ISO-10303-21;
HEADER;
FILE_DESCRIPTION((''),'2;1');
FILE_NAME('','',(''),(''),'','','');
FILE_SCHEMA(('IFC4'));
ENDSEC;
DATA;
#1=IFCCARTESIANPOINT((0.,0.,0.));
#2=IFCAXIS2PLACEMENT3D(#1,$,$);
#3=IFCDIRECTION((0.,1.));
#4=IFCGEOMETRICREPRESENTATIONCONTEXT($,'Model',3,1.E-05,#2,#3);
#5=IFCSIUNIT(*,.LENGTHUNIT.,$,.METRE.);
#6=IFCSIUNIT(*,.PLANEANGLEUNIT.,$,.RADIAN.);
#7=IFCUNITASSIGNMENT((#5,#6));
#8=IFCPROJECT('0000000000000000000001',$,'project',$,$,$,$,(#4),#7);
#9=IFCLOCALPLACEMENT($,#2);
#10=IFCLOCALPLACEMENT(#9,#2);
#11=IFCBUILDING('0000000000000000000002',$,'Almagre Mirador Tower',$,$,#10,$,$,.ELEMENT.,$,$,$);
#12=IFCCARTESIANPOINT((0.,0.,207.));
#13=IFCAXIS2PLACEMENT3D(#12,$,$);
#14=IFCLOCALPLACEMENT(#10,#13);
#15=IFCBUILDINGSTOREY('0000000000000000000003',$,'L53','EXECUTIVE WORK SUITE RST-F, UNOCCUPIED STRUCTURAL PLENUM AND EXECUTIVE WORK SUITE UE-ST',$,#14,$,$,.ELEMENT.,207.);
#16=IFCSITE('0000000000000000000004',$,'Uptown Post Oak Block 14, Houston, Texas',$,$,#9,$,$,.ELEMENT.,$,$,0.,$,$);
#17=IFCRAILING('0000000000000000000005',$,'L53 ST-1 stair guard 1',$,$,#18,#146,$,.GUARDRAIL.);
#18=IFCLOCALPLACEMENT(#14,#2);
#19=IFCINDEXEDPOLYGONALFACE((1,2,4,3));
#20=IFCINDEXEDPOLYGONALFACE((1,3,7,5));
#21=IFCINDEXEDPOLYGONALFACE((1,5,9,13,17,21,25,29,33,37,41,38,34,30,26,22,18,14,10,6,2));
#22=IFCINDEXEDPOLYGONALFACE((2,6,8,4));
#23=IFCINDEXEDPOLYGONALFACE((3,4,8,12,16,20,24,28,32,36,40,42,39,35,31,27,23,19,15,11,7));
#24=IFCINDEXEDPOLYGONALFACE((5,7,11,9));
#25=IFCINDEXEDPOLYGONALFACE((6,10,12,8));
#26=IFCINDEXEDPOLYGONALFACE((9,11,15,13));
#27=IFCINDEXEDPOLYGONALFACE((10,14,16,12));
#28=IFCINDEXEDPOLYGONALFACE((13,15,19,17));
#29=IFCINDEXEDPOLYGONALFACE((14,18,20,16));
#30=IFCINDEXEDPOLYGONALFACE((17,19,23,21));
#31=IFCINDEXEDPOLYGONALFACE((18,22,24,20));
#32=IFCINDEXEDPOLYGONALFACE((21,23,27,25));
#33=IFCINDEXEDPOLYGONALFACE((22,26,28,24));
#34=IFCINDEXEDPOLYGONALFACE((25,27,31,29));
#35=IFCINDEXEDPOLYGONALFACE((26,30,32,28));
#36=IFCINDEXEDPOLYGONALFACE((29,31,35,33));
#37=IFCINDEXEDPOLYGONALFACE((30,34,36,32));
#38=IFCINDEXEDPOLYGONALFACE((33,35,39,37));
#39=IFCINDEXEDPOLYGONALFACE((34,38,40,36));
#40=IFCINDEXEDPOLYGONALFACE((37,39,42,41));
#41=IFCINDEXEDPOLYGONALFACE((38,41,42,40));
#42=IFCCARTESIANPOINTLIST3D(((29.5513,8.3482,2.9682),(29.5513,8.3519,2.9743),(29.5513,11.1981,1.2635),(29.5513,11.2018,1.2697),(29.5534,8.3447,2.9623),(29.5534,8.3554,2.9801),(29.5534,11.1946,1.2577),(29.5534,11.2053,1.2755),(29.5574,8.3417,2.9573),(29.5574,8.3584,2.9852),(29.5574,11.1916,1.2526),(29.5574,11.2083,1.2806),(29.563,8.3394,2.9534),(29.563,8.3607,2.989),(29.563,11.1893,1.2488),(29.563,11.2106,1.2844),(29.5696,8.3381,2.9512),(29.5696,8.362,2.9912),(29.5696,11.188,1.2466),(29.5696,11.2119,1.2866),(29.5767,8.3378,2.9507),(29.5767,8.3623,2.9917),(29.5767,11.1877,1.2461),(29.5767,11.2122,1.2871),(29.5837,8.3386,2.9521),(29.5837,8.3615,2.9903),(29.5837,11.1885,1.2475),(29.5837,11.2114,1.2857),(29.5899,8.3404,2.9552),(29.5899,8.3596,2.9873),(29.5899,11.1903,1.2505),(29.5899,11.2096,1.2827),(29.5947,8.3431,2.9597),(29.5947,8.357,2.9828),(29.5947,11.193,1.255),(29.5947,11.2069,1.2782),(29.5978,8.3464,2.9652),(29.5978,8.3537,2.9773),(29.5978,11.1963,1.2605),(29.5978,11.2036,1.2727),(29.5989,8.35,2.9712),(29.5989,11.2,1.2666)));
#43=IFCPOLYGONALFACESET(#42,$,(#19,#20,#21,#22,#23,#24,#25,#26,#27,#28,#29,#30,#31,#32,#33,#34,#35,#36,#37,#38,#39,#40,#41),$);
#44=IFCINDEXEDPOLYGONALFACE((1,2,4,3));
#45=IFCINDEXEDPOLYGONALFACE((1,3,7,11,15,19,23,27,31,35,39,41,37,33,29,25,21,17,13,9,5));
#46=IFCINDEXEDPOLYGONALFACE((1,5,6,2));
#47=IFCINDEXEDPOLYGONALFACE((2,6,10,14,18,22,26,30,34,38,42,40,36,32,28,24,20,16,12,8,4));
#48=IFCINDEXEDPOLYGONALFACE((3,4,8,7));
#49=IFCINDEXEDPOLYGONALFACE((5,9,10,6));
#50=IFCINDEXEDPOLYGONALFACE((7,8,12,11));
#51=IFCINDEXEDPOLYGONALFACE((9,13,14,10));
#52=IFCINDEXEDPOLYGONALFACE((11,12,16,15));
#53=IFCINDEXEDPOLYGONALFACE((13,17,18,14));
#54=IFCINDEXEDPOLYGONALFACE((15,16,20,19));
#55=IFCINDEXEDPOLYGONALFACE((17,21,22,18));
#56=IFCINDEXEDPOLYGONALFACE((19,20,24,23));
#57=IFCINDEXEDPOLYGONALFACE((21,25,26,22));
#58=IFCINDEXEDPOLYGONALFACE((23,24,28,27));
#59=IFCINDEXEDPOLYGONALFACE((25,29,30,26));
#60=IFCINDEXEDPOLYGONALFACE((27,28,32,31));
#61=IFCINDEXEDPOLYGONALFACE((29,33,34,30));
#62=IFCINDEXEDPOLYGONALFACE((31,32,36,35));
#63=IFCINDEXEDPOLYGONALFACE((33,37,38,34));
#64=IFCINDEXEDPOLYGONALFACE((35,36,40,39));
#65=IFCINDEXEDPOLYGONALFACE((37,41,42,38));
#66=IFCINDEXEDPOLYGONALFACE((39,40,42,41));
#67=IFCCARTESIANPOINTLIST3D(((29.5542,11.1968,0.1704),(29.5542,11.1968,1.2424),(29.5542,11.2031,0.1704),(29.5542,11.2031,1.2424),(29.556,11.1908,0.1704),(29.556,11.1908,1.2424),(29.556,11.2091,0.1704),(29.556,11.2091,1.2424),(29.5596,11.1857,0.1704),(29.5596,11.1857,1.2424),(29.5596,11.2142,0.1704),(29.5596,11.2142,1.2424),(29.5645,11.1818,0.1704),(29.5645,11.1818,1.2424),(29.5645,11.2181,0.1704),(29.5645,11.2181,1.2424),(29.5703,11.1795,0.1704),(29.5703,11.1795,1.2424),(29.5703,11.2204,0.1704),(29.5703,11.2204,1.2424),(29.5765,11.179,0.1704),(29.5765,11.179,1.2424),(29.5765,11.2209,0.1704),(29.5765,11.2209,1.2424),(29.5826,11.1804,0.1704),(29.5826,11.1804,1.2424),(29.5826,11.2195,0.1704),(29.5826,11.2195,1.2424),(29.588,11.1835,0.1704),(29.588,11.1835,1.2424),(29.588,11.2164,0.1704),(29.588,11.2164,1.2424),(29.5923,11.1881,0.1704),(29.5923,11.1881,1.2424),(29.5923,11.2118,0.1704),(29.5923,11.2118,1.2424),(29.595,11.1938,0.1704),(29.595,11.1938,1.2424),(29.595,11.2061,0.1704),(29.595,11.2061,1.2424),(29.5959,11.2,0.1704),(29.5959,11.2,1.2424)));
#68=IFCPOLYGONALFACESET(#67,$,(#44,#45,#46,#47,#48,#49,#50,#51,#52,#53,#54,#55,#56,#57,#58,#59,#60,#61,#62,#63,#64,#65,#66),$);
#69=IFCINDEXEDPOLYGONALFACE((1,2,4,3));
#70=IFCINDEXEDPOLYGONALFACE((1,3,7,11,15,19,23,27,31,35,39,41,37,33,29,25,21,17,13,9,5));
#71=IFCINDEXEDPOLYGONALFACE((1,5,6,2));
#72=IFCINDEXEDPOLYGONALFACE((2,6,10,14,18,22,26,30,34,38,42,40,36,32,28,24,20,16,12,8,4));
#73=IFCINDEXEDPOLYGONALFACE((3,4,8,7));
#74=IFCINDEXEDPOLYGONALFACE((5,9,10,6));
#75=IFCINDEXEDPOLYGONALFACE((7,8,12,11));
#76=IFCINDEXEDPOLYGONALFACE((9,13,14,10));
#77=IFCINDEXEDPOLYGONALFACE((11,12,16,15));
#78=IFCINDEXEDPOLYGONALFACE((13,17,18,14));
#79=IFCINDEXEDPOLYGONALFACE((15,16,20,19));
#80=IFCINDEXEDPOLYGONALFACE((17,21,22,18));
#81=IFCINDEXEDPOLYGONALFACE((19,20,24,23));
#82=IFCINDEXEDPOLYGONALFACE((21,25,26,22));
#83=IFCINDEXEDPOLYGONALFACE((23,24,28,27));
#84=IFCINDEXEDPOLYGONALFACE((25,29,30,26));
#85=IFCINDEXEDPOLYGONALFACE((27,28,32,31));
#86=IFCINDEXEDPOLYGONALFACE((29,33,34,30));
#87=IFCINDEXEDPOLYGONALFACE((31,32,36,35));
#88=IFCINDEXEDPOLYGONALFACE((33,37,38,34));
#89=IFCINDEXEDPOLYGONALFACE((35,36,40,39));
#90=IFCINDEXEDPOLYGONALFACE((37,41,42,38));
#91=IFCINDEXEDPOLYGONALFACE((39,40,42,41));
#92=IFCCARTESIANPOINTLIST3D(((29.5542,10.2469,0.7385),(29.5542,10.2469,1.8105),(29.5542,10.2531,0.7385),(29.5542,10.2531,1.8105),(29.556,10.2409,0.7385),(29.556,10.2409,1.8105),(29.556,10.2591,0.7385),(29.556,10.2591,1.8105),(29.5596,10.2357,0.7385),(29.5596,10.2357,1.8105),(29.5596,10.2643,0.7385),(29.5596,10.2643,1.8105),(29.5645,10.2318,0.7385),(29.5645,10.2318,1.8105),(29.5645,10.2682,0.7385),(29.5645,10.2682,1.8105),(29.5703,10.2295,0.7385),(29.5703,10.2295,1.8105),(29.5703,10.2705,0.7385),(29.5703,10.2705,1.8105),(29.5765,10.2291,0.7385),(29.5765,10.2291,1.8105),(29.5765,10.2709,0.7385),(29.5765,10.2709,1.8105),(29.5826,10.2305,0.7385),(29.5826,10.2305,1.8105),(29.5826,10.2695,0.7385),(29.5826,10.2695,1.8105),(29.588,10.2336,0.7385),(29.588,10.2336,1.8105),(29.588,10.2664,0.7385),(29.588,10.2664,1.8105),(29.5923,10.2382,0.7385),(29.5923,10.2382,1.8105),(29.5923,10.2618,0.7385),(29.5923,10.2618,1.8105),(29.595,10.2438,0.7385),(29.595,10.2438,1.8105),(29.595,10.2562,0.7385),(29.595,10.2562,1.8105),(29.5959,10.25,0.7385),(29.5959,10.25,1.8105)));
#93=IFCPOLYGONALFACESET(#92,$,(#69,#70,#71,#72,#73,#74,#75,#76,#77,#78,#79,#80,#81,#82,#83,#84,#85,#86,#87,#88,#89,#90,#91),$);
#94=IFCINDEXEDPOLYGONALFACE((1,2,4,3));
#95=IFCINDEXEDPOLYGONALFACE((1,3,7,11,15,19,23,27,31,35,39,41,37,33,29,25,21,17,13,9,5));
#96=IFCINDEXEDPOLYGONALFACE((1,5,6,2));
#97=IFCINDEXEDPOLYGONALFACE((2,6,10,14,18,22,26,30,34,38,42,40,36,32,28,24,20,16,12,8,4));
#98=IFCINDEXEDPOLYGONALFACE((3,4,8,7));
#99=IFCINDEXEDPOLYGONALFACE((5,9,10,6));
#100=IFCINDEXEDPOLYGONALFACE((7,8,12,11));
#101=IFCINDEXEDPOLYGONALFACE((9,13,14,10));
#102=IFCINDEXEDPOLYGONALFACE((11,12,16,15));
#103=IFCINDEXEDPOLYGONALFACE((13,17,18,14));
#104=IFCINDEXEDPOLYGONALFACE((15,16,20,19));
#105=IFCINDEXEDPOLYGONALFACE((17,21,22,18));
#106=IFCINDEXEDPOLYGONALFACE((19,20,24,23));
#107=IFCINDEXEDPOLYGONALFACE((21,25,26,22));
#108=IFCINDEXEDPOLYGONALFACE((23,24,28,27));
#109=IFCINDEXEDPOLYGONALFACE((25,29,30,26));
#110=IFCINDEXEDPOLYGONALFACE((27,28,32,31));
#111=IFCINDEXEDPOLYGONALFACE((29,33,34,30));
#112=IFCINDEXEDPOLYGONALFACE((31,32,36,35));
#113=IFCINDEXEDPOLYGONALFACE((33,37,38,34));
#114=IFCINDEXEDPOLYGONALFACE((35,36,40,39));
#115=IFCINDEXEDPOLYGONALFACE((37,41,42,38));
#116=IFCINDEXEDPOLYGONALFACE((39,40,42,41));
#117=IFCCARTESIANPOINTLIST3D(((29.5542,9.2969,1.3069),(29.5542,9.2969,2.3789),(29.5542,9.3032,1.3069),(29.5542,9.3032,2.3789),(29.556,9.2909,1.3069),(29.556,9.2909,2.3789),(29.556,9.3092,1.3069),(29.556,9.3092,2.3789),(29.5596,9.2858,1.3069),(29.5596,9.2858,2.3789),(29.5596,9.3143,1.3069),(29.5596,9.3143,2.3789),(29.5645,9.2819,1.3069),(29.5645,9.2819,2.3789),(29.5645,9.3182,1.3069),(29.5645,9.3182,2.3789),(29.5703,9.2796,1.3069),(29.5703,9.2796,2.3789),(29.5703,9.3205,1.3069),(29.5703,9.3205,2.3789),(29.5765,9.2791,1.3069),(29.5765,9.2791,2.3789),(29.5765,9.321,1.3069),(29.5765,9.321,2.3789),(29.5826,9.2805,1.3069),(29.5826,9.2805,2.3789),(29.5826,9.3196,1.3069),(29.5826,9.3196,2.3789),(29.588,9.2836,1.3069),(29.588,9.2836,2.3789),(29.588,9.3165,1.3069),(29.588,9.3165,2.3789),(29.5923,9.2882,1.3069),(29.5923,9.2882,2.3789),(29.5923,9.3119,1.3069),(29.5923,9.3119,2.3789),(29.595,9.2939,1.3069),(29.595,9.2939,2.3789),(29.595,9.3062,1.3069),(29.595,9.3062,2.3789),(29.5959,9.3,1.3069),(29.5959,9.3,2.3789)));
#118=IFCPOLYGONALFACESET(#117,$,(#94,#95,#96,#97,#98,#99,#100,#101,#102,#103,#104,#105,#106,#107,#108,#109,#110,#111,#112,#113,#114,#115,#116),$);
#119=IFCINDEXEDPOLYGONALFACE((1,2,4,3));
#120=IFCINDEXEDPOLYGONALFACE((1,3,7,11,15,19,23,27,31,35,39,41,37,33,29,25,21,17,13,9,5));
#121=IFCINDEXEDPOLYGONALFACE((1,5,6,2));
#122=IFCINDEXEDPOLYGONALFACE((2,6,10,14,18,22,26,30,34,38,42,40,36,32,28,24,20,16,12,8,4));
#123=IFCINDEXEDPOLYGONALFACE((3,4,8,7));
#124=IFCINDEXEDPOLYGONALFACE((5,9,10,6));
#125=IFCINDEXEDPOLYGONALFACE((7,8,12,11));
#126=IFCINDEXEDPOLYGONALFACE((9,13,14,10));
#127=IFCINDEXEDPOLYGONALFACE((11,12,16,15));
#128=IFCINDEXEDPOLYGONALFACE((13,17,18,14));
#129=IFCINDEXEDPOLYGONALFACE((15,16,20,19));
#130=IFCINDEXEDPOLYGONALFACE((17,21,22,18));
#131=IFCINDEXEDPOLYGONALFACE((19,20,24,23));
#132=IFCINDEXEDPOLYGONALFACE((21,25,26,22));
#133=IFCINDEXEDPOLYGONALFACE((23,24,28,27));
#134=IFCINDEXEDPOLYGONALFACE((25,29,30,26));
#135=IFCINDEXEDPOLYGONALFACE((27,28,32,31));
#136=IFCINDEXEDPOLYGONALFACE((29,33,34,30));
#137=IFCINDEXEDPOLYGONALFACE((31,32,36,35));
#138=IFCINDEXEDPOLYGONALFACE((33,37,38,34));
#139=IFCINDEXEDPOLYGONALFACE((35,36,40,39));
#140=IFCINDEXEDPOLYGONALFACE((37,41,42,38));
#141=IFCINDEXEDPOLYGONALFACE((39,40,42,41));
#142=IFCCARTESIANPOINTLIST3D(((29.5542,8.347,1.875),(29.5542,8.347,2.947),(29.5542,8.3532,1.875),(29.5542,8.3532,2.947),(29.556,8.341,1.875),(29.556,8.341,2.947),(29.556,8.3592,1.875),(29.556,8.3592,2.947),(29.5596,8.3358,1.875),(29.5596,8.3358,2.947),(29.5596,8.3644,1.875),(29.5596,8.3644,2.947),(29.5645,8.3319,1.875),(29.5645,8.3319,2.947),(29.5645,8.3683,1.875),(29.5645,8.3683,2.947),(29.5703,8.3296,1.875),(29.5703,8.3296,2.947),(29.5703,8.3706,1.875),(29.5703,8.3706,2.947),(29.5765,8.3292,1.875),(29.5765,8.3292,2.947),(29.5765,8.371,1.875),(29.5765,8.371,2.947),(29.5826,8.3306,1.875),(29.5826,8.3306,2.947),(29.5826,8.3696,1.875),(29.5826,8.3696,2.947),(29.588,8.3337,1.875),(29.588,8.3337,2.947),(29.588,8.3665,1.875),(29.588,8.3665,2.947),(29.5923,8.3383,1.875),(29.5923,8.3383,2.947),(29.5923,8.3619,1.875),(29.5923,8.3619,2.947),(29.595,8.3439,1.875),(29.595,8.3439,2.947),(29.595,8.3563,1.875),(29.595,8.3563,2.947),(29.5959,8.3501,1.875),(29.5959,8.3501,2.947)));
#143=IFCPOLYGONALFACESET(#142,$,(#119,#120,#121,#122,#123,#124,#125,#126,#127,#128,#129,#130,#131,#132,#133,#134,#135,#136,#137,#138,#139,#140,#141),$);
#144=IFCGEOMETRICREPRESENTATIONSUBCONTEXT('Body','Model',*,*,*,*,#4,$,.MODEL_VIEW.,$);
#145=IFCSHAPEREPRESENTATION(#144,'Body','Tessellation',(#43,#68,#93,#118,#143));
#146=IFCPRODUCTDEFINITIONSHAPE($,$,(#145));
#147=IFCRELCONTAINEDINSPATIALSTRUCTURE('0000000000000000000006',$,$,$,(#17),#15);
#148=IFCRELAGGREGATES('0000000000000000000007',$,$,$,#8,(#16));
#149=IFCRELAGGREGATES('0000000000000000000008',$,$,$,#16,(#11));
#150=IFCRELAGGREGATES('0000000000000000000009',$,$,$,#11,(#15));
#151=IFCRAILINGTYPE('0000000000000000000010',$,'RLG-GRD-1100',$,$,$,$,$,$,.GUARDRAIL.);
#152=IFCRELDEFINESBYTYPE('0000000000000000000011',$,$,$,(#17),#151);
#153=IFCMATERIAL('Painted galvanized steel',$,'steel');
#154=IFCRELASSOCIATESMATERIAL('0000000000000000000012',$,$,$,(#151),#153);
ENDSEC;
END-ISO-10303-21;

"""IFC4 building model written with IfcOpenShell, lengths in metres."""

from ifc_helpers import new_model, si_unit, direction, frame, origin, origin_2d, place, context, subcontext, project, spatial, circle, extrude, material, type_object, element, save


model = new_model("IFC4")

# Units and contexts
model_context = context("Model", 3, precision=1e-05, world=origin(), true_north=direction((0.0, 1.0)))
body_context = subcontext(model_context, "Body", "Model", "MODEL_VIEW")
ifc_project = project(units=[si_unit("LENGTHUNIT", "METRE"), si_unit("PLANEANGLEUNIT", "RADIAN")], contexts=[model_context])

# Site, building, storey
site_placement = place(None, origin())
site = spatial("IfcSite", under=ifc_project, at=site_placement, Name="Uptown Post Oak Block 14, Houston, Texas", CompositionType="ELEMENT", RefElevation=0.0)
building_placement = place(site_placement, origin())
building = spatial("IfcBuilding", under=site, at=building_placement, Name="Almagre Mirador Tower", CompositionType="ELEMENT")
storey_placement = place(building_placement, frame((0.0, 0.0, 207.0)))
storey = spatial("IfcBuildingStorey", under=building, at=storey_placement, Name="L53", Description="EXECUTIVE WORK SUITE RST-F, UNOCCUPIED STRUCTURAL PLENUM AND EXECUTIVE WORK SUITE UE-ST", CompositionType="ELEMENT", Elevation=207.0)

# Railing
ifc_material_1 = material(Name="Painted galvanized steel", Category="steel")
railing_type_1 = type_object("IfcRailingType", Name="RLG-GRD-1100", PredefinedType="GUARDRAIL", material=ifc_material_1)
railing_1_placement = place(storey_placement, frame((29.575, 11.2, 0.1704)))
element("IfcRailing", 1, at=railing_1_placement, inside=storey, type_object=railing_type_1, Name="L53 ST-1 stair guard 1", PredefinedType="GUARDRAIL", context=body_context, shape_type="SweptSolid", body=[
    extrude(circle(Radius=0.0239, at=origin_2d()), frame((0.0, 0.0, 1.0962), z_axis=(0.0, -0.858199, 0.513317), x_axis=(1.0, 0.0, 0.0)), (0.0, 0.0, 1.0), 3.3208),
    extrude(circle(Radius=0.021, at=origin_2d()), origin(), (0.0, 0.0, 1.0), 1.072),
    extrude(circle(Radius=0.021, at=origin_2d()), frame((0.0, -0.95, 0.5681)), (0.0, 0.0, 1.0), 1.072),
    extrude(circle(Radius=0.021, at=origin_2d()), frame((0.0, -1.8999, 1.1365)), (0.0, 0.0, 1.0), 1.072),
    extrude(circle(Radius=0.021, at=origin_2d()), frame((0.0, -2.8499, 1.7046)), (0.0, 0.0, 1.0), 1.072),
])

save(model, "model.ifc")
